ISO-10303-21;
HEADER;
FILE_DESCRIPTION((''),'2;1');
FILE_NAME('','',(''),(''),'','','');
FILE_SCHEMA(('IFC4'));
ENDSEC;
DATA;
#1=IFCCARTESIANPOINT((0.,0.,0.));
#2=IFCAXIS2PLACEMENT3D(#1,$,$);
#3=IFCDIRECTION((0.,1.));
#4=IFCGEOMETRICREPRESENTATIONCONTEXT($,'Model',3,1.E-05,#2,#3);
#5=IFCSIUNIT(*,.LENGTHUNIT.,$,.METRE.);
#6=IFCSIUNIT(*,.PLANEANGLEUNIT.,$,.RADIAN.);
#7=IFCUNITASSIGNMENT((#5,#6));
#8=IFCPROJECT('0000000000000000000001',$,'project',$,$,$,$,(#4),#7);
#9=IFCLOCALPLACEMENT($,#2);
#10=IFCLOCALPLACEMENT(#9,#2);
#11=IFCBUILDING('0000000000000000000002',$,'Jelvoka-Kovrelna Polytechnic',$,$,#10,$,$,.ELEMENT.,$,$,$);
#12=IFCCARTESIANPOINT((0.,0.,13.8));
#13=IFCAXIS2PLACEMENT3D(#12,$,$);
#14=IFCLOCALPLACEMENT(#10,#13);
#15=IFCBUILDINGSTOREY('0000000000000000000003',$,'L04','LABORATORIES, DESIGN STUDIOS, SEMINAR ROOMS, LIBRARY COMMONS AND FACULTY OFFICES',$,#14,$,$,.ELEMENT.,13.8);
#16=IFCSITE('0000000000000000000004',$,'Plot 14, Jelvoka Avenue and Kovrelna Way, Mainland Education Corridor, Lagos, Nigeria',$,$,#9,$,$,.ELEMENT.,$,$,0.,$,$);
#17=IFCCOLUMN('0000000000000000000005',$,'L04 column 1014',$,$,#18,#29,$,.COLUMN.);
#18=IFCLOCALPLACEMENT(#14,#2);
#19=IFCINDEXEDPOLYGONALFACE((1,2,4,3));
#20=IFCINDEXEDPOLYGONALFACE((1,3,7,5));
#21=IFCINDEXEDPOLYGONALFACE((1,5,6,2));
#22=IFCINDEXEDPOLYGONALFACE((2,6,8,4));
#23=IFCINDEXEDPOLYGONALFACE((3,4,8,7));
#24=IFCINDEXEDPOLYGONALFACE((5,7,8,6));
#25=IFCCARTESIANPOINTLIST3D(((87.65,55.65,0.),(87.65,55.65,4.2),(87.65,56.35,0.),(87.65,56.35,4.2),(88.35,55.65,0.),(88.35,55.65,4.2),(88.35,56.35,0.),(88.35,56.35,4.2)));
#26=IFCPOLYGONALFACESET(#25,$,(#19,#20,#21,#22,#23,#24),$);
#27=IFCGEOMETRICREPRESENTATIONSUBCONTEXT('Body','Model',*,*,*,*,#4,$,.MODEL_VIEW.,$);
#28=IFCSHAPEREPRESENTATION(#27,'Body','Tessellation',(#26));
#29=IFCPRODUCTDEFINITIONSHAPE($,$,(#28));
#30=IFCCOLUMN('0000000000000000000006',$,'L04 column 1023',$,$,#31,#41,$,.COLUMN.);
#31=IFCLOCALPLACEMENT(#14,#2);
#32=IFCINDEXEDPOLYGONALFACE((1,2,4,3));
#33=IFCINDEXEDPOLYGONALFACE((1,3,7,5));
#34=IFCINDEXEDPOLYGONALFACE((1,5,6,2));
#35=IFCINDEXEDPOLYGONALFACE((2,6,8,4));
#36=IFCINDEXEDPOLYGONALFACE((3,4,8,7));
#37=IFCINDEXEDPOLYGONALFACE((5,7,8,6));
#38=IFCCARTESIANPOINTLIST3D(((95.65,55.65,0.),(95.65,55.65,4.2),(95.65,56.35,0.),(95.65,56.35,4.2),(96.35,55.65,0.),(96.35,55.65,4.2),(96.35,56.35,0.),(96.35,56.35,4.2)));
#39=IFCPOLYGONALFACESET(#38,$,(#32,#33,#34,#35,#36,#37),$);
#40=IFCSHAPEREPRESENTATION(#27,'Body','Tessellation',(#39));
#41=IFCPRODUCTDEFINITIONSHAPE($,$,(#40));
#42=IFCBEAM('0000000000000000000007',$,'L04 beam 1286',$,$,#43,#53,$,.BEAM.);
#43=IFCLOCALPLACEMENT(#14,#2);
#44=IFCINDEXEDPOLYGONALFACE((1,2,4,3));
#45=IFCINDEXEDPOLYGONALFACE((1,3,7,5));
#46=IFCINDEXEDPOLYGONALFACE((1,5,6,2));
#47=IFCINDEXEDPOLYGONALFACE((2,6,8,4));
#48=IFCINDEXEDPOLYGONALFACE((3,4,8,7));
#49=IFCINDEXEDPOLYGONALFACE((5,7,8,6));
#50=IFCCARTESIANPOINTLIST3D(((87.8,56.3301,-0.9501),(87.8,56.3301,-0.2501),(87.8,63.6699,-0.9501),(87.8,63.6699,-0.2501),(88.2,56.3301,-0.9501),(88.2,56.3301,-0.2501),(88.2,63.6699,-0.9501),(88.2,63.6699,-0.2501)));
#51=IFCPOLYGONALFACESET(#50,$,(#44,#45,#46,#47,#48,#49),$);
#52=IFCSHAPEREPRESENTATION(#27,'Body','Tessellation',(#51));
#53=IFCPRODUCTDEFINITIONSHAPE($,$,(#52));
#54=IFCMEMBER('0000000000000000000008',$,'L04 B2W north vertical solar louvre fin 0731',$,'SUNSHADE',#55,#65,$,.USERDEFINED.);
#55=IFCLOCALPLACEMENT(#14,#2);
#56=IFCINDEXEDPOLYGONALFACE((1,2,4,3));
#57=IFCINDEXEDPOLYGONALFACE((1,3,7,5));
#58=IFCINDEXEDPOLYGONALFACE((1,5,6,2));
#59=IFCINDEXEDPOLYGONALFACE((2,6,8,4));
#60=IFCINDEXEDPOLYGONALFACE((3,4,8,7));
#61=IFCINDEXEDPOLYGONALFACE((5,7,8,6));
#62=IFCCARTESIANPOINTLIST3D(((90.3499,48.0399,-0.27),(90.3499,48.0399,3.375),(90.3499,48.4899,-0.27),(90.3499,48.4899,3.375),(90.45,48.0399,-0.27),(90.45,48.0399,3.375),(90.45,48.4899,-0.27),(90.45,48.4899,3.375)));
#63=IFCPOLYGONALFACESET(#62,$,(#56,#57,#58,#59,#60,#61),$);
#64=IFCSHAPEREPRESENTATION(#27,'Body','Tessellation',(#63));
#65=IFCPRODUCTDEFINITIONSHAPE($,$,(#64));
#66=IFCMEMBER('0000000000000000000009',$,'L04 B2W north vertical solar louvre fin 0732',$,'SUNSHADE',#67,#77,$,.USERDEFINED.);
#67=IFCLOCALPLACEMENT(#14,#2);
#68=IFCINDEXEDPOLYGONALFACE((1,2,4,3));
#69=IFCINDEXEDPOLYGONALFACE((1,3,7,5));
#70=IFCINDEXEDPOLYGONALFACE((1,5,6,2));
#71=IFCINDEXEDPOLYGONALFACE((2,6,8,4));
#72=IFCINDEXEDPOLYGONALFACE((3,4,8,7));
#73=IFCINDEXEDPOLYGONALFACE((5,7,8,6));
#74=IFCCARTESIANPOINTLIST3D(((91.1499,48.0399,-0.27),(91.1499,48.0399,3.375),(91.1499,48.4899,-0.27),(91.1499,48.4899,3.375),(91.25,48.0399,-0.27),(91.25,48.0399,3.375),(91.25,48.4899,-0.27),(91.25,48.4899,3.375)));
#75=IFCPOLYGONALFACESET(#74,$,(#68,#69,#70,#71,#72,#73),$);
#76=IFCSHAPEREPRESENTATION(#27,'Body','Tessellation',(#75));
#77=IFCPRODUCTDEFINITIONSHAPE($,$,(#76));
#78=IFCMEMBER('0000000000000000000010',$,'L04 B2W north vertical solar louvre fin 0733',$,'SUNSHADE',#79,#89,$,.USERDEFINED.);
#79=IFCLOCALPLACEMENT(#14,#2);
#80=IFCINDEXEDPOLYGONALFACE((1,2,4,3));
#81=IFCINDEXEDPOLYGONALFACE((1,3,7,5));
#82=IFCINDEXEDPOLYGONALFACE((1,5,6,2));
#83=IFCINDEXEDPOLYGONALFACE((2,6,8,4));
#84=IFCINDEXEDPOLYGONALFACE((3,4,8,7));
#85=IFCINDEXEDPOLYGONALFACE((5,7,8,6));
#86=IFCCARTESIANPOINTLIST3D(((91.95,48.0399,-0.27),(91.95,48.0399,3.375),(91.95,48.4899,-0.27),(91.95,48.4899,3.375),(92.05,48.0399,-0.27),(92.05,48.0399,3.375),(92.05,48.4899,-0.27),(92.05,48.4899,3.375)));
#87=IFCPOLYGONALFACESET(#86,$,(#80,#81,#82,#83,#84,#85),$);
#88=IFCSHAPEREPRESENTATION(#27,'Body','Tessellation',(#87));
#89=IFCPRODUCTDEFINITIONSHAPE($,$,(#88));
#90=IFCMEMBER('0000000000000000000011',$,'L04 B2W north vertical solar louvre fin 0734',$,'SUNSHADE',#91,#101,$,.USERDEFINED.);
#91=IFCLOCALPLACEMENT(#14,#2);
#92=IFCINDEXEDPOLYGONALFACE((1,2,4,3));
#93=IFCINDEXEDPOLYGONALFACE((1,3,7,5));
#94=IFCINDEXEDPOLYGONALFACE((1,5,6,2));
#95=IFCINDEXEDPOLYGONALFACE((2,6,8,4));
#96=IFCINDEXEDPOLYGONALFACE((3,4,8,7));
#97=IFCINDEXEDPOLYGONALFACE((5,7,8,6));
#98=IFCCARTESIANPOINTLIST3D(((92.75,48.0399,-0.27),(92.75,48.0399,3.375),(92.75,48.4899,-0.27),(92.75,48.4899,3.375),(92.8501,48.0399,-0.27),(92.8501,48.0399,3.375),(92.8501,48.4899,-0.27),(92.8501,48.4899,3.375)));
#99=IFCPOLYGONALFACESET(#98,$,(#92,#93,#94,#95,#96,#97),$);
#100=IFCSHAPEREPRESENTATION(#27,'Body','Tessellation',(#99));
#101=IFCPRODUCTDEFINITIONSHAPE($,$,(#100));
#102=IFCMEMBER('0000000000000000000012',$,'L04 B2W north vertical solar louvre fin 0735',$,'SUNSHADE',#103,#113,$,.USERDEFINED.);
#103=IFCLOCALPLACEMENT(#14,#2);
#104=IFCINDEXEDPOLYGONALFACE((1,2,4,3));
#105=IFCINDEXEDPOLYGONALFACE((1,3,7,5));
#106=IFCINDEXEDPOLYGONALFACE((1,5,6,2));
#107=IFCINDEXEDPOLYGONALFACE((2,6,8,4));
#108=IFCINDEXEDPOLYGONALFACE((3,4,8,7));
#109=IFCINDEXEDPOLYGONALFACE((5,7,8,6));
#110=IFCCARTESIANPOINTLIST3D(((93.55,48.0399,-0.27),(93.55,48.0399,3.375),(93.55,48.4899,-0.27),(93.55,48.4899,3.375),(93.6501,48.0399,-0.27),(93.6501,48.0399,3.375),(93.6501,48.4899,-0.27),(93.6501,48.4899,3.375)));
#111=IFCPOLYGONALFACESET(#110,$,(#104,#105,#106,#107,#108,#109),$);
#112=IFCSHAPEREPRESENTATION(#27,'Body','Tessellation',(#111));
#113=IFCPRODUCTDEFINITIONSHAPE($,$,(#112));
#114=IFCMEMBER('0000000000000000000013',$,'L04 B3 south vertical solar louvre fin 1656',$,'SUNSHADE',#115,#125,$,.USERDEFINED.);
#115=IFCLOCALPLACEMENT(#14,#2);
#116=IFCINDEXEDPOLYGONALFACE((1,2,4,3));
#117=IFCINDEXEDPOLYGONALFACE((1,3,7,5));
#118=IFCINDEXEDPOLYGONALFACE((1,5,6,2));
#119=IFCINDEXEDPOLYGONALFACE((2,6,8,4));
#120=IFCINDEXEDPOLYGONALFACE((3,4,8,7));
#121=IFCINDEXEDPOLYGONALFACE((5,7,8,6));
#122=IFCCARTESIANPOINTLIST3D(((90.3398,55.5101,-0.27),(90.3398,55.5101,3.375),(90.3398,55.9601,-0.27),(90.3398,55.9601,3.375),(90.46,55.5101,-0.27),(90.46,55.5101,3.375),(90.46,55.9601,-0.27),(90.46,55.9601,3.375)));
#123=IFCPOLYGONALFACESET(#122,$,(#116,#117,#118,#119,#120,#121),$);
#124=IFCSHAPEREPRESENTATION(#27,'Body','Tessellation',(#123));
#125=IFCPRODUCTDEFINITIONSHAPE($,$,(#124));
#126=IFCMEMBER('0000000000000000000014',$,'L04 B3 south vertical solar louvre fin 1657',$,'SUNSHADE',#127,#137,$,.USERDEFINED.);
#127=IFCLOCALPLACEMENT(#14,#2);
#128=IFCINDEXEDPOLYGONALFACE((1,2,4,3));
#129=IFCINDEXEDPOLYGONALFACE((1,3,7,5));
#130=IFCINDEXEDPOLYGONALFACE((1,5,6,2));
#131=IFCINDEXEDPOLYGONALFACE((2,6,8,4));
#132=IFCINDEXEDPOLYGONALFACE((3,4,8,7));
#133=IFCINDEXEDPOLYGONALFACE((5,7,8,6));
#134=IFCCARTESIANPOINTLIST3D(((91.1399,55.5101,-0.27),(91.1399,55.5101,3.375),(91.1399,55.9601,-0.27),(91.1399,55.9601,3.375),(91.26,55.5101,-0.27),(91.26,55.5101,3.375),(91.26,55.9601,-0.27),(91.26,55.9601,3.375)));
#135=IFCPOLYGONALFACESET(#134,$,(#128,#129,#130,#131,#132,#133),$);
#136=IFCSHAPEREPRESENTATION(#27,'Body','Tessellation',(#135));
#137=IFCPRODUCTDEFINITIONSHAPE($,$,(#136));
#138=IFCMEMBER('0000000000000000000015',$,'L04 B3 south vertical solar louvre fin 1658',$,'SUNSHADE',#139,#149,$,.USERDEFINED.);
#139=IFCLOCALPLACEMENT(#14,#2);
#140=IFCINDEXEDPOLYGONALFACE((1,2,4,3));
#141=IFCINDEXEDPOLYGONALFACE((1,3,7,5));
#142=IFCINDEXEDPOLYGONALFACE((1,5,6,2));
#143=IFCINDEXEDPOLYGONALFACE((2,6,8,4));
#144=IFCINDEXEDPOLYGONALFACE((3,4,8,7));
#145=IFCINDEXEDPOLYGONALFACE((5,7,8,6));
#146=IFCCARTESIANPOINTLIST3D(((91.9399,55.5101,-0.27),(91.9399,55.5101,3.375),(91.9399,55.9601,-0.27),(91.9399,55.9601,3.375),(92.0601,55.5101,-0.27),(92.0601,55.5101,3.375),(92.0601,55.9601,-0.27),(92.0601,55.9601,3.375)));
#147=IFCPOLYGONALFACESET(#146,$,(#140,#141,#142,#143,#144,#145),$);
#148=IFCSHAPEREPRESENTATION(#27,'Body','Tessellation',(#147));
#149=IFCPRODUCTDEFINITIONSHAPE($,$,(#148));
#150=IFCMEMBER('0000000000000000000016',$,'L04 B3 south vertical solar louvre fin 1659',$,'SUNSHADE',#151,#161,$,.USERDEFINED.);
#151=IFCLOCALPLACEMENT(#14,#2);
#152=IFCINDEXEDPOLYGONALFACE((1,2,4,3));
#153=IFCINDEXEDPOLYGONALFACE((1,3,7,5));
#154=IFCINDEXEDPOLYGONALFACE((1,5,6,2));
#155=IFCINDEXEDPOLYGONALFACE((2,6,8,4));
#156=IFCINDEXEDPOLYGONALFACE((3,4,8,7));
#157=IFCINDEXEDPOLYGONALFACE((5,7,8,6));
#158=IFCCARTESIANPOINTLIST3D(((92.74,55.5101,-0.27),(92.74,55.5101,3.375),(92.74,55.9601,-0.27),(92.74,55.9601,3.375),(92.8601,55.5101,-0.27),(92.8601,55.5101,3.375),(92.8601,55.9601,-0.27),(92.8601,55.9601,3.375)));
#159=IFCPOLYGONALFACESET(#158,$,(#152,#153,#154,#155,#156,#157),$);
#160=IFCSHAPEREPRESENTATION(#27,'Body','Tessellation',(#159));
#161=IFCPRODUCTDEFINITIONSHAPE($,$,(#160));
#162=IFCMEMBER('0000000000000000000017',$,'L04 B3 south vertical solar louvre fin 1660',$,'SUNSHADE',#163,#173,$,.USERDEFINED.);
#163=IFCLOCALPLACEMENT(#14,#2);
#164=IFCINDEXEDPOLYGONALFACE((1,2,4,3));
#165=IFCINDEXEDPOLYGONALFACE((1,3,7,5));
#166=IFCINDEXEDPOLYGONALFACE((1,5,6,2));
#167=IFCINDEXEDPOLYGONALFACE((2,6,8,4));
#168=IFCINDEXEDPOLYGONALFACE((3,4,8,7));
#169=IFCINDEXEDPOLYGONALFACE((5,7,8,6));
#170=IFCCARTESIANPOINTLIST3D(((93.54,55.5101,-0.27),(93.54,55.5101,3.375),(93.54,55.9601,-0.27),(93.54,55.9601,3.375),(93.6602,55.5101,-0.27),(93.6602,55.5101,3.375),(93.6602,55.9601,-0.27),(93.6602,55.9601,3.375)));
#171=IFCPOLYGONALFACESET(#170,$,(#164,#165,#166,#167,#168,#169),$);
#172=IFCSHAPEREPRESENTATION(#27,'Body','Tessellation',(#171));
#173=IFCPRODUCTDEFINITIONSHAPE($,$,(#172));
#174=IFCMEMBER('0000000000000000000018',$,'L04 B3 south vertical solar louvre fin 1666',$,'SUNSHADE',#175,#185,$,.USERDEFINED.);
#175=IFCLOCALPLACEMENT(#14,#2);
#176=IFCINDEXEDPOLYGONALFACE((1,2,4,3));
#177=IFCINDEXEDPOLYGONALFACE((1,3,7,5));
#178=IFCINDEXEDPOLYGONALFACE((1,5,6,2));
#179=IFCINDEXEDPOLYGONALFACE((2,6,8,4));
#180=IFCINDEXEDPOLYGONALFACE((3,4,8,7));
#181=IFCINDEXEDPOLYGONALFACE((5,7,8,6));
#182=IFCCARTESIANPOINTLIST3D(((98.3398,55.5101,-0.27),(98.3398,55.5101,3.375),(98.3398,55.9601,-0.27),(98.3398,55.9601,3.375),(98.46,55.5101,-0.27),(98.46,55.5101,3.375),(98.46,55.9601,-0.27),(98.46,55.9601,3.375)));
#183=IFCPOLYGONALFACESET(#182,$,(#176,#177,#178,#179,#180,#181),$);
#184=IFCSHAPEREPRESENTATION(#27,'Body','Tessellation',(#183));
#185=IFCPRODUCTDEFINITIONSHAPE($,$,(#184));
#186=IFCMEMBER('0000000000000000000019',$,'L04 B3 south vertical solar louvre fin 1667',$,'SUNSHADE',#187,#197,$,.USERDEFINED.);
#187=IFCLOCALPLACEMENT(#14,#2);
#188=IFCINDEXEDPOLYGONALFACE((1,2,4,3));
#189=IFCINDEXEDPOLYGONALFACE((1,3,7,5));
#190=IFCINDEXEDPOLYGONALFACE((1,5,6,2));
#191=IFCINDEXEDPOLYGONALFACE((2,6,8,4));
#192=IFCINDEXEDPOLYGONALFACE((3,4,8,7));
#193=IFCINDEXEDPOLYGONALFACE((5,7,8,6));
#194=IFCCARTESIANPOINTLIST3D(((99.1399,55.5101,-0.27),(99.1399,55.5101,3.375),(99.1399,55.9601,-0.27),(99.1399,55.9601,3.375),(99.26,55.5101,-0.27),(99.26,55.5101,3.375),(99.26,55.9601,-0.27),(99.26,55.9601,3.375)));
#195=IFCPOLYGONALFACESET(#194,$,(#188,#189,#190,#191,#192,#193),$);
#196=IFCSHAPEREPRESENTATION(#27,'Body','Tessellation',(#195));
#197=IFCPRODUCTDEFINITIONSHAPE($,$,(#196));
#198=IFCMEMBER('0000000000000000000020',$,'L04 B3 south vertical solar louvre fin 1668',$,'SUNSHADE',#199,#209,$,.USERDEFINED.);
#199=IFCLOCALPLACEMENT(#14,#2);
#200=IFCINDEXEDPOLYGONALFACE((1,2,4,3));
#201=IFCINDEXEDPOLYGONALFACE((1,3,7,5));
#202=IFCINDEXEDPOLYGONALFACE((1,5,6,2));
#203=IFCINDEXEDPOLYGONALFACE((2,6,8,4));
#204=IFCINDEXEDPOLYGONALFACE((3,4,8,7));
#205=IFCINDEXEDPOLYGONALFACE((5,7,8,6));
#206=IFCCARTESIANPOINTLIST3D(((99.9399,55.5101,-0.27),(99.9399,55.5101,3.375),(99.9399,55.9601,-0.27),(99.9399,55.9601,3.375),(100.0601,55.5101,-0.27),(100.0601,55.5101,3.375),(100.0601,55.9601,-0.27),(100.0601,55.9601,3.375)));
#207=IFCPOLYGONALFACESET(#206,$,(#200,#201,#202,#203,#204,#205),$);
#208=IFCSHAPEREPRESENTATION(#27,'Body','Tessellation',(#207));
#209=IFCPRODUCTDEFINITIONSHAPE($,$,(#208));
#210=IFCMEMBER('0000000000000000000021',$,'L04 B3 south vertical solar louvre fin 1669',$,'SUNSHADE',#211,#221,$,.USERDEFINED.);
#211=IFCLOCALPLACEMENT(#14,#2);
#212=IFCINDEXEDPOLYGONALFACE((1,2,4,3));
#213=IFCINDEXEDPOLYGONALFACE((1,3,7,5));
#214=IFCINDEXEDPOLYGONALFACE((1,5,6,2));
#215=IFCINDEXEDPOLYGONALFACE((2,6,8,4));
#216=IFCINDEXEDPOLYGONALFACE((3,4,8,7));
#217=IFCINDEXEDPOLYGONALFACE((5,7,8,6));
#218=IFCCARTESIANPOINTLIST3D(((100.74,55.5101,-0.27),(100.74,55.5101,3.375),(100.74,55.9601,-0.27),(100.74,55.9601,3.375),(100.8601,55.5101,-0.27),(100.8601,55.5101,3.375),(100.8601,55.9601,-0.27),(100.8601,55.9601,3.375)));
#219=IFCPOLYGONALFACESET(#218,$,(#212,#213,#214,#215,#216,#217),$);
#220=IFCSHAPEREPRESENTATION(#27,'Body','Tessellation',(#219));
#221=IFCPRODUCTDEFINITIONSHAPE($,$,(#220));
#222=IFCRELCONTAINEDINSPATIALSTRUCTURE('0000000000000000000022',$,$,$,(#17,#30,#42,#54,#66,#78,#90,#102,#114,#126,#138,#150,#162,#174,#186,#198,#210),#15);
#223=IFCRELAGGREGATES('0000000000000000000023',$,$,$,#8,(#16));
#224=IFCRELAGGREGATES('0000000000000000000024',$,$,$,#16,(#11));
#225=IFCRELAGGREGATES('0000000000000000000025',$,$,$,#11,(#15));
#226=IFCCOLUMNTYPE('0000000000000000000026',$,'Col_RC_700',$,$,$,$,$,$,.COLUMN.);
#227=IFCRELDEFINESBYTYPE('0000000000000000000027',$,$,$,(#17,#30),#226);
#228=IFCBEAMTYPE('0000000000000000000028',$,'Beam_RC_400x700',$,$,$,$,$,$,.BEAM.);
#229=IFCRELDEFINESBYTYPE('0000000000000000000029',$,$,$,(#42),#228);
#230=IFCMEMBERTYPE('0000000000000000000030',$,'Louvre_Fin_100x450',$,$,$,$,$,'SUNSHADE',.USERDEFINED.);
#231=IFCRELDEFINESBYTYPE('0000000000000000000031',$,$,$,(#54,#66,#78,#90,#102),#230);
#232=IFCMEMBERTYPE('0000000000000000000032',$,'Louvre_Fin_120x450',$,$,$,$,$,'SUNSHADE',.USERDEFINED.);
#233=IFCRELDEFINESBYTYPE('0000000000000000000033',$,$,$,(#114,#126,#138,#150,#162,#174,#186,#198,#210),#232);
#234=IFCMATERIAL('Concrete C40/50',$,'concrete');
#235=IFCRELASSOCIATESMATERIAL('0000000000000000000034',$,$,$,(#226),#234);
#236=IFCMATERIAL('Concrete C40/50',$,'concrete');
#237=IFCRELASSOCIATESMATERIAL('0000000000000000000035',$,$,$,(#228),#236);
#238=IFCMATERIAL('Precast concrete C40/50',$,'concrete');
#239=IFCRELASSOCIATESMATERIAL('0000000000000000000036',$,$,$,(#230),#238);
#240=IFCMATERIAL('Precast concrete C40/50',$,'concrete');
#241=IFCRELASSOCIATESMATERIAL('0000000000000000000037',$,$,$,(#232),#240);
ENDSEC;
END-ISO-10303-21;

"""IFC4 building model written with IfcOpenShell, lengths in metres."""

from ifc_helpers import new_model, si_unit, direction, frame, origin, origin_2d, place, context, subcontext, project, spatial, rectangle, extrude, material, material_profile, profile_set, type_object, element, save


model = new_model("IFC4")

# Units and contexts
model_context = context("Model", 3, precision=1e-05, world=origin(), true_north=direction((0.0, 1.0)))
body_context = subcontext(model_context, "Body", "Model", "MODEL_VIEW")
ifc_project = project(units=[si_unit("LENGTHUNIT", "METRE"), si_unit("PLANEANGLEUNIT", "RADIAN")], contexts=[model_context])

# Site, building, storey
site_placement = place(None, origin())
site = spatial("IfcSite", under=ifc_project, at=site_placement, Name="Plot 14, Jelvoka Avenue and Kovrelna Way, Mainland Education Corridor, Lagos, Nigeria", CompositionType="ELEMENT", RefElevation=0.0)
building_placement = place(site_placement, origin())
building = spatial("IfcBuilding", under=site, at=building_placement, Name="Jelvoka-Kovrelna Polytechnic", CompositionType="ELEMENT")
storey_placement = place(building_placement, frame((0.0, 0.0, 13.8)))
storey = spatial("IfcBuildingStorey", under=building, at=storey_placement, Name="L04", Description="LABORATORIES, DESIGN STUDIOS, SEMINAR ROOMS, LIBRARY COMMONS AND FACULTY OFFICES", CompositionType="ELEMENT", Elevation=13.8)

# Columns
ifc_material_1 = material(Name="Concrete C40/50", Category="concrete")
ifc_material_profile_1 = material_profile(ifc_material_1, rectangle(XDim=0.7, YDim=0.7, at=origin_2d()), Name="RC 700x700")
ifc_profile_set_1 = profile_set([ifc_material_profile_1], Name="Concrete C40/50")
column_type = type_object("IfcColumnType", Name="Col_RC_700", PredefinedType="COLUMN", material=ifc_profile_set_1)
for number, where, z_axis, x_axis, name in (
    (1, (88.0, 56.0, 0.0), (0.0, 0.0, 1.0), (1.0, 0.0, 0.0), "L04 column 1014"),
    (2, (96.0, 56.0, 0.0), (0.0, 0.0, 1.0), (1.0, 0.0, 0.0), "L04 column 1023"),
):
    element("IfcColumn", number, at=place(storey_placement, frame(where, z_axis=z_axis, x_axis=x_axis)), inside=storey, type_object=column_type, Name=name, PredefinedType="COLUMN", context=body_context, shape_type="SweptSolid", body=[
        extrude(rectangle(XDim=0.7, YDim=0.7, at=origin_2d()), origin(), (0.0, 0.0, 1.0), 4.2),
    ])

# Beam
ifc_material_2 = material(Name="Concrete C40/50", Category="concrete")
ifc_material_profile_2 = material_profile(ifc_material_2, rectangle(XDim=0.3999, YDim=0.7, at=origin_2d()), Name="RC 400x700")
ifc_profile_set_2 = profile_set([ifc_material_profile_2], Name="Concrete C40/50")
beam_type_1 = type_object("IfcBeamType", Name="Beam_RC_400x700", PredefinedType="BEAM", material=ifc_profile_set_2)
beam_placement = place(storey_placement, frame((88.0, 56.3301, -0.6001), z_axis=(0.0, 1.0, 0.0), x_axis=(-1.0, 0.0, 0.0)))
element("IfcBeam", 3, at=beam_placement, inside=storey, type_object=beam_type_1, Name="L04 beam 1286", PredefinedType="BEAM", context=body_context, shape_type="SweptSolid", body=[
    extrude(rectangle(XDim=0.3999, YDim=0.7, at=origin_2d()), origin(), (0.0, 0.0, 1.0), 7.3398),
])

# Members
ifc_material_3 = material(Name="Precast concrete C40/50", Category="concrete")
ifc_material_profile_3 = material_profile(ifc_material_3, rectangle(XDim=0.1001, YDim=0.45, at=origin_2d()), Name="PC 100x450")
ifc_profile_set_3 = profile_set([ifc_material_profile_3], Name="Precast concrete C40/50")
member_type_1 = type_object("IfcMemberType", Name="Louvre_Fin_100x450", ElementType="SUNSHADE", PredefinedType="USERDEFINED", material=ifc_profile_set_3)
for number, where, z_axis, x_axis, name in (
    (4, (90.3999, 48.2649, -0.27), (0.0, 0.0, 1.0), (1.0, 0.0, 0.0), "L04 B2W north vertical solar louvre fin 0731"),
    (5, (91.2, 48.2649, -0.27), (0.0, 0.0, 1.0), (1.0, 0.0, 0.0), "L04 B2W north vertical solar louvre fin 0732"),
    (6, (92.0, 48.2649, -0.27), (0.0, 0.0, 1.0), (1.0, 0.0, 0.0), "L04 B2W north vertical solar louvre fin 0733"),
    (7, (92.8, 48.2649, -0.27), (0.0, 0.0, 1.0), (1.0, 0.0, 0.0), "L04 B2W north vertical solar louvre fin 0734"),
    (8, (93.6001, 48.2649, -0.27), (0.0, 0.0, 1.0), (1.0, 0.0, 0.0), "L04 B2W north vertical solar louvre fin 0735"),
):
    element("IfcMember", number, at=place(storey_placement, frame(where, z_axis=z_axis, x_axis=x_axis)), inside=storey, type_object=member_type_1, Name=name, ObjectType="SUNSHADE", PredefinedType="USERDEFINED", context=body_context, shape_type="SweptSolid", body=[
        extrude(rectangle(XDim=0.1001, YDim=0.45, at=origin_2d()), origin(), (0.0, 0.0, 1.0), 3.645),
    ])
ifc_material_4 = material(Name="Precast concrete C40/50", Category="concrete")
ifc_material_profile_4 = material_profile(ifc_material_4, rectangle(XDim=0.1201, YDim=0.45, at=origin_2d()), Name="PC 120x450")
ifc_profile_set_4 = profile_set([ifc_material_profile_4], Name="Precast concrete C40/50")
member_type_2 = type_object("IfcMemberType", Name="Louvre_Fin_120x450", ElementType="SUNSHADE", PredefinedType="USERDEFINED", material=ifc_profile_set_4)
for number, where, z_axis, x_axis, name in (
    (9, (90.3999, 55.7351, -0.27), (0.0, 0.0, 1.0), (1.0, 0.0, 0.0), "L04 B3 south vertical solar louvre fin 1656"),
    (10, (91.2, 55.7351, -0.27), (0.0, 0.0, 1.0), (1.0, 0.0, 0.0), "L04 B3 south vertical solar louvre fin 1657"),
    (11, (92.0, 55.7351, -0.27), (0.0, 0.0, 1.0), (1.0, 0.0, 0.0), "L04 B3 south vertical solar louvre fin 1658"),
    (12, (92.8, 55.7351, -0.27), (0.0, 0.0, 1.0), (1.0, 0.0, 0.0), "L04 B3 south vertical solar louvre fin 1659"),
    (13, (93.6001, 55.7351, -0.27), (0.0, 0.0, 1.0), (1.0, 0.0, 0.0), "L04 B3 south vertical solar louvre fin 1660"),
    (14, (98.3999, 55.7351, -0.27), (0.0, 0.0, 1.0), (1.0, 0.0, 0.0), "L04 B3 south vertical solar louvre fin 1666"),
    (15, (99.2, 55.7351, -0.27), (0.0, 0.0, 1.0), (1.0, 0.0, 0.0), "L04 B3 south vertical solar louvre fin 1667"),
    (16, (100.0, 55.7351, -0.27), (0.0, 0.0, 1.0), (1.0, 0.0, 0.0), "L04 B3 south vertical solar louvre fin 1668"),
    (17, (100.8, 55.7351, -0.27), (0.0, 0.0, 1.0), (1.0, 0.0, 0.0), "L04 B3 south vertical solar louvre fin 1669"),
):
    element("IfcMember", number, at=place(storey_placement, frame(where, z_axis=z_axis, x_axis=x_axis)), inside=storey, type_object=member_type_2, Name=name, ObjectType="SUNSHADE", PredefinedType="USERDEFINED", context=body_context, shape_type="SweptSolid", body=[
        extrude(rectangle(XDim=0.1201, YDim=0.45, at=origin_2d()), origin(), (0.0, 0.0, 1.0), 3.645),
    ])

save(model, "model.ifc")
